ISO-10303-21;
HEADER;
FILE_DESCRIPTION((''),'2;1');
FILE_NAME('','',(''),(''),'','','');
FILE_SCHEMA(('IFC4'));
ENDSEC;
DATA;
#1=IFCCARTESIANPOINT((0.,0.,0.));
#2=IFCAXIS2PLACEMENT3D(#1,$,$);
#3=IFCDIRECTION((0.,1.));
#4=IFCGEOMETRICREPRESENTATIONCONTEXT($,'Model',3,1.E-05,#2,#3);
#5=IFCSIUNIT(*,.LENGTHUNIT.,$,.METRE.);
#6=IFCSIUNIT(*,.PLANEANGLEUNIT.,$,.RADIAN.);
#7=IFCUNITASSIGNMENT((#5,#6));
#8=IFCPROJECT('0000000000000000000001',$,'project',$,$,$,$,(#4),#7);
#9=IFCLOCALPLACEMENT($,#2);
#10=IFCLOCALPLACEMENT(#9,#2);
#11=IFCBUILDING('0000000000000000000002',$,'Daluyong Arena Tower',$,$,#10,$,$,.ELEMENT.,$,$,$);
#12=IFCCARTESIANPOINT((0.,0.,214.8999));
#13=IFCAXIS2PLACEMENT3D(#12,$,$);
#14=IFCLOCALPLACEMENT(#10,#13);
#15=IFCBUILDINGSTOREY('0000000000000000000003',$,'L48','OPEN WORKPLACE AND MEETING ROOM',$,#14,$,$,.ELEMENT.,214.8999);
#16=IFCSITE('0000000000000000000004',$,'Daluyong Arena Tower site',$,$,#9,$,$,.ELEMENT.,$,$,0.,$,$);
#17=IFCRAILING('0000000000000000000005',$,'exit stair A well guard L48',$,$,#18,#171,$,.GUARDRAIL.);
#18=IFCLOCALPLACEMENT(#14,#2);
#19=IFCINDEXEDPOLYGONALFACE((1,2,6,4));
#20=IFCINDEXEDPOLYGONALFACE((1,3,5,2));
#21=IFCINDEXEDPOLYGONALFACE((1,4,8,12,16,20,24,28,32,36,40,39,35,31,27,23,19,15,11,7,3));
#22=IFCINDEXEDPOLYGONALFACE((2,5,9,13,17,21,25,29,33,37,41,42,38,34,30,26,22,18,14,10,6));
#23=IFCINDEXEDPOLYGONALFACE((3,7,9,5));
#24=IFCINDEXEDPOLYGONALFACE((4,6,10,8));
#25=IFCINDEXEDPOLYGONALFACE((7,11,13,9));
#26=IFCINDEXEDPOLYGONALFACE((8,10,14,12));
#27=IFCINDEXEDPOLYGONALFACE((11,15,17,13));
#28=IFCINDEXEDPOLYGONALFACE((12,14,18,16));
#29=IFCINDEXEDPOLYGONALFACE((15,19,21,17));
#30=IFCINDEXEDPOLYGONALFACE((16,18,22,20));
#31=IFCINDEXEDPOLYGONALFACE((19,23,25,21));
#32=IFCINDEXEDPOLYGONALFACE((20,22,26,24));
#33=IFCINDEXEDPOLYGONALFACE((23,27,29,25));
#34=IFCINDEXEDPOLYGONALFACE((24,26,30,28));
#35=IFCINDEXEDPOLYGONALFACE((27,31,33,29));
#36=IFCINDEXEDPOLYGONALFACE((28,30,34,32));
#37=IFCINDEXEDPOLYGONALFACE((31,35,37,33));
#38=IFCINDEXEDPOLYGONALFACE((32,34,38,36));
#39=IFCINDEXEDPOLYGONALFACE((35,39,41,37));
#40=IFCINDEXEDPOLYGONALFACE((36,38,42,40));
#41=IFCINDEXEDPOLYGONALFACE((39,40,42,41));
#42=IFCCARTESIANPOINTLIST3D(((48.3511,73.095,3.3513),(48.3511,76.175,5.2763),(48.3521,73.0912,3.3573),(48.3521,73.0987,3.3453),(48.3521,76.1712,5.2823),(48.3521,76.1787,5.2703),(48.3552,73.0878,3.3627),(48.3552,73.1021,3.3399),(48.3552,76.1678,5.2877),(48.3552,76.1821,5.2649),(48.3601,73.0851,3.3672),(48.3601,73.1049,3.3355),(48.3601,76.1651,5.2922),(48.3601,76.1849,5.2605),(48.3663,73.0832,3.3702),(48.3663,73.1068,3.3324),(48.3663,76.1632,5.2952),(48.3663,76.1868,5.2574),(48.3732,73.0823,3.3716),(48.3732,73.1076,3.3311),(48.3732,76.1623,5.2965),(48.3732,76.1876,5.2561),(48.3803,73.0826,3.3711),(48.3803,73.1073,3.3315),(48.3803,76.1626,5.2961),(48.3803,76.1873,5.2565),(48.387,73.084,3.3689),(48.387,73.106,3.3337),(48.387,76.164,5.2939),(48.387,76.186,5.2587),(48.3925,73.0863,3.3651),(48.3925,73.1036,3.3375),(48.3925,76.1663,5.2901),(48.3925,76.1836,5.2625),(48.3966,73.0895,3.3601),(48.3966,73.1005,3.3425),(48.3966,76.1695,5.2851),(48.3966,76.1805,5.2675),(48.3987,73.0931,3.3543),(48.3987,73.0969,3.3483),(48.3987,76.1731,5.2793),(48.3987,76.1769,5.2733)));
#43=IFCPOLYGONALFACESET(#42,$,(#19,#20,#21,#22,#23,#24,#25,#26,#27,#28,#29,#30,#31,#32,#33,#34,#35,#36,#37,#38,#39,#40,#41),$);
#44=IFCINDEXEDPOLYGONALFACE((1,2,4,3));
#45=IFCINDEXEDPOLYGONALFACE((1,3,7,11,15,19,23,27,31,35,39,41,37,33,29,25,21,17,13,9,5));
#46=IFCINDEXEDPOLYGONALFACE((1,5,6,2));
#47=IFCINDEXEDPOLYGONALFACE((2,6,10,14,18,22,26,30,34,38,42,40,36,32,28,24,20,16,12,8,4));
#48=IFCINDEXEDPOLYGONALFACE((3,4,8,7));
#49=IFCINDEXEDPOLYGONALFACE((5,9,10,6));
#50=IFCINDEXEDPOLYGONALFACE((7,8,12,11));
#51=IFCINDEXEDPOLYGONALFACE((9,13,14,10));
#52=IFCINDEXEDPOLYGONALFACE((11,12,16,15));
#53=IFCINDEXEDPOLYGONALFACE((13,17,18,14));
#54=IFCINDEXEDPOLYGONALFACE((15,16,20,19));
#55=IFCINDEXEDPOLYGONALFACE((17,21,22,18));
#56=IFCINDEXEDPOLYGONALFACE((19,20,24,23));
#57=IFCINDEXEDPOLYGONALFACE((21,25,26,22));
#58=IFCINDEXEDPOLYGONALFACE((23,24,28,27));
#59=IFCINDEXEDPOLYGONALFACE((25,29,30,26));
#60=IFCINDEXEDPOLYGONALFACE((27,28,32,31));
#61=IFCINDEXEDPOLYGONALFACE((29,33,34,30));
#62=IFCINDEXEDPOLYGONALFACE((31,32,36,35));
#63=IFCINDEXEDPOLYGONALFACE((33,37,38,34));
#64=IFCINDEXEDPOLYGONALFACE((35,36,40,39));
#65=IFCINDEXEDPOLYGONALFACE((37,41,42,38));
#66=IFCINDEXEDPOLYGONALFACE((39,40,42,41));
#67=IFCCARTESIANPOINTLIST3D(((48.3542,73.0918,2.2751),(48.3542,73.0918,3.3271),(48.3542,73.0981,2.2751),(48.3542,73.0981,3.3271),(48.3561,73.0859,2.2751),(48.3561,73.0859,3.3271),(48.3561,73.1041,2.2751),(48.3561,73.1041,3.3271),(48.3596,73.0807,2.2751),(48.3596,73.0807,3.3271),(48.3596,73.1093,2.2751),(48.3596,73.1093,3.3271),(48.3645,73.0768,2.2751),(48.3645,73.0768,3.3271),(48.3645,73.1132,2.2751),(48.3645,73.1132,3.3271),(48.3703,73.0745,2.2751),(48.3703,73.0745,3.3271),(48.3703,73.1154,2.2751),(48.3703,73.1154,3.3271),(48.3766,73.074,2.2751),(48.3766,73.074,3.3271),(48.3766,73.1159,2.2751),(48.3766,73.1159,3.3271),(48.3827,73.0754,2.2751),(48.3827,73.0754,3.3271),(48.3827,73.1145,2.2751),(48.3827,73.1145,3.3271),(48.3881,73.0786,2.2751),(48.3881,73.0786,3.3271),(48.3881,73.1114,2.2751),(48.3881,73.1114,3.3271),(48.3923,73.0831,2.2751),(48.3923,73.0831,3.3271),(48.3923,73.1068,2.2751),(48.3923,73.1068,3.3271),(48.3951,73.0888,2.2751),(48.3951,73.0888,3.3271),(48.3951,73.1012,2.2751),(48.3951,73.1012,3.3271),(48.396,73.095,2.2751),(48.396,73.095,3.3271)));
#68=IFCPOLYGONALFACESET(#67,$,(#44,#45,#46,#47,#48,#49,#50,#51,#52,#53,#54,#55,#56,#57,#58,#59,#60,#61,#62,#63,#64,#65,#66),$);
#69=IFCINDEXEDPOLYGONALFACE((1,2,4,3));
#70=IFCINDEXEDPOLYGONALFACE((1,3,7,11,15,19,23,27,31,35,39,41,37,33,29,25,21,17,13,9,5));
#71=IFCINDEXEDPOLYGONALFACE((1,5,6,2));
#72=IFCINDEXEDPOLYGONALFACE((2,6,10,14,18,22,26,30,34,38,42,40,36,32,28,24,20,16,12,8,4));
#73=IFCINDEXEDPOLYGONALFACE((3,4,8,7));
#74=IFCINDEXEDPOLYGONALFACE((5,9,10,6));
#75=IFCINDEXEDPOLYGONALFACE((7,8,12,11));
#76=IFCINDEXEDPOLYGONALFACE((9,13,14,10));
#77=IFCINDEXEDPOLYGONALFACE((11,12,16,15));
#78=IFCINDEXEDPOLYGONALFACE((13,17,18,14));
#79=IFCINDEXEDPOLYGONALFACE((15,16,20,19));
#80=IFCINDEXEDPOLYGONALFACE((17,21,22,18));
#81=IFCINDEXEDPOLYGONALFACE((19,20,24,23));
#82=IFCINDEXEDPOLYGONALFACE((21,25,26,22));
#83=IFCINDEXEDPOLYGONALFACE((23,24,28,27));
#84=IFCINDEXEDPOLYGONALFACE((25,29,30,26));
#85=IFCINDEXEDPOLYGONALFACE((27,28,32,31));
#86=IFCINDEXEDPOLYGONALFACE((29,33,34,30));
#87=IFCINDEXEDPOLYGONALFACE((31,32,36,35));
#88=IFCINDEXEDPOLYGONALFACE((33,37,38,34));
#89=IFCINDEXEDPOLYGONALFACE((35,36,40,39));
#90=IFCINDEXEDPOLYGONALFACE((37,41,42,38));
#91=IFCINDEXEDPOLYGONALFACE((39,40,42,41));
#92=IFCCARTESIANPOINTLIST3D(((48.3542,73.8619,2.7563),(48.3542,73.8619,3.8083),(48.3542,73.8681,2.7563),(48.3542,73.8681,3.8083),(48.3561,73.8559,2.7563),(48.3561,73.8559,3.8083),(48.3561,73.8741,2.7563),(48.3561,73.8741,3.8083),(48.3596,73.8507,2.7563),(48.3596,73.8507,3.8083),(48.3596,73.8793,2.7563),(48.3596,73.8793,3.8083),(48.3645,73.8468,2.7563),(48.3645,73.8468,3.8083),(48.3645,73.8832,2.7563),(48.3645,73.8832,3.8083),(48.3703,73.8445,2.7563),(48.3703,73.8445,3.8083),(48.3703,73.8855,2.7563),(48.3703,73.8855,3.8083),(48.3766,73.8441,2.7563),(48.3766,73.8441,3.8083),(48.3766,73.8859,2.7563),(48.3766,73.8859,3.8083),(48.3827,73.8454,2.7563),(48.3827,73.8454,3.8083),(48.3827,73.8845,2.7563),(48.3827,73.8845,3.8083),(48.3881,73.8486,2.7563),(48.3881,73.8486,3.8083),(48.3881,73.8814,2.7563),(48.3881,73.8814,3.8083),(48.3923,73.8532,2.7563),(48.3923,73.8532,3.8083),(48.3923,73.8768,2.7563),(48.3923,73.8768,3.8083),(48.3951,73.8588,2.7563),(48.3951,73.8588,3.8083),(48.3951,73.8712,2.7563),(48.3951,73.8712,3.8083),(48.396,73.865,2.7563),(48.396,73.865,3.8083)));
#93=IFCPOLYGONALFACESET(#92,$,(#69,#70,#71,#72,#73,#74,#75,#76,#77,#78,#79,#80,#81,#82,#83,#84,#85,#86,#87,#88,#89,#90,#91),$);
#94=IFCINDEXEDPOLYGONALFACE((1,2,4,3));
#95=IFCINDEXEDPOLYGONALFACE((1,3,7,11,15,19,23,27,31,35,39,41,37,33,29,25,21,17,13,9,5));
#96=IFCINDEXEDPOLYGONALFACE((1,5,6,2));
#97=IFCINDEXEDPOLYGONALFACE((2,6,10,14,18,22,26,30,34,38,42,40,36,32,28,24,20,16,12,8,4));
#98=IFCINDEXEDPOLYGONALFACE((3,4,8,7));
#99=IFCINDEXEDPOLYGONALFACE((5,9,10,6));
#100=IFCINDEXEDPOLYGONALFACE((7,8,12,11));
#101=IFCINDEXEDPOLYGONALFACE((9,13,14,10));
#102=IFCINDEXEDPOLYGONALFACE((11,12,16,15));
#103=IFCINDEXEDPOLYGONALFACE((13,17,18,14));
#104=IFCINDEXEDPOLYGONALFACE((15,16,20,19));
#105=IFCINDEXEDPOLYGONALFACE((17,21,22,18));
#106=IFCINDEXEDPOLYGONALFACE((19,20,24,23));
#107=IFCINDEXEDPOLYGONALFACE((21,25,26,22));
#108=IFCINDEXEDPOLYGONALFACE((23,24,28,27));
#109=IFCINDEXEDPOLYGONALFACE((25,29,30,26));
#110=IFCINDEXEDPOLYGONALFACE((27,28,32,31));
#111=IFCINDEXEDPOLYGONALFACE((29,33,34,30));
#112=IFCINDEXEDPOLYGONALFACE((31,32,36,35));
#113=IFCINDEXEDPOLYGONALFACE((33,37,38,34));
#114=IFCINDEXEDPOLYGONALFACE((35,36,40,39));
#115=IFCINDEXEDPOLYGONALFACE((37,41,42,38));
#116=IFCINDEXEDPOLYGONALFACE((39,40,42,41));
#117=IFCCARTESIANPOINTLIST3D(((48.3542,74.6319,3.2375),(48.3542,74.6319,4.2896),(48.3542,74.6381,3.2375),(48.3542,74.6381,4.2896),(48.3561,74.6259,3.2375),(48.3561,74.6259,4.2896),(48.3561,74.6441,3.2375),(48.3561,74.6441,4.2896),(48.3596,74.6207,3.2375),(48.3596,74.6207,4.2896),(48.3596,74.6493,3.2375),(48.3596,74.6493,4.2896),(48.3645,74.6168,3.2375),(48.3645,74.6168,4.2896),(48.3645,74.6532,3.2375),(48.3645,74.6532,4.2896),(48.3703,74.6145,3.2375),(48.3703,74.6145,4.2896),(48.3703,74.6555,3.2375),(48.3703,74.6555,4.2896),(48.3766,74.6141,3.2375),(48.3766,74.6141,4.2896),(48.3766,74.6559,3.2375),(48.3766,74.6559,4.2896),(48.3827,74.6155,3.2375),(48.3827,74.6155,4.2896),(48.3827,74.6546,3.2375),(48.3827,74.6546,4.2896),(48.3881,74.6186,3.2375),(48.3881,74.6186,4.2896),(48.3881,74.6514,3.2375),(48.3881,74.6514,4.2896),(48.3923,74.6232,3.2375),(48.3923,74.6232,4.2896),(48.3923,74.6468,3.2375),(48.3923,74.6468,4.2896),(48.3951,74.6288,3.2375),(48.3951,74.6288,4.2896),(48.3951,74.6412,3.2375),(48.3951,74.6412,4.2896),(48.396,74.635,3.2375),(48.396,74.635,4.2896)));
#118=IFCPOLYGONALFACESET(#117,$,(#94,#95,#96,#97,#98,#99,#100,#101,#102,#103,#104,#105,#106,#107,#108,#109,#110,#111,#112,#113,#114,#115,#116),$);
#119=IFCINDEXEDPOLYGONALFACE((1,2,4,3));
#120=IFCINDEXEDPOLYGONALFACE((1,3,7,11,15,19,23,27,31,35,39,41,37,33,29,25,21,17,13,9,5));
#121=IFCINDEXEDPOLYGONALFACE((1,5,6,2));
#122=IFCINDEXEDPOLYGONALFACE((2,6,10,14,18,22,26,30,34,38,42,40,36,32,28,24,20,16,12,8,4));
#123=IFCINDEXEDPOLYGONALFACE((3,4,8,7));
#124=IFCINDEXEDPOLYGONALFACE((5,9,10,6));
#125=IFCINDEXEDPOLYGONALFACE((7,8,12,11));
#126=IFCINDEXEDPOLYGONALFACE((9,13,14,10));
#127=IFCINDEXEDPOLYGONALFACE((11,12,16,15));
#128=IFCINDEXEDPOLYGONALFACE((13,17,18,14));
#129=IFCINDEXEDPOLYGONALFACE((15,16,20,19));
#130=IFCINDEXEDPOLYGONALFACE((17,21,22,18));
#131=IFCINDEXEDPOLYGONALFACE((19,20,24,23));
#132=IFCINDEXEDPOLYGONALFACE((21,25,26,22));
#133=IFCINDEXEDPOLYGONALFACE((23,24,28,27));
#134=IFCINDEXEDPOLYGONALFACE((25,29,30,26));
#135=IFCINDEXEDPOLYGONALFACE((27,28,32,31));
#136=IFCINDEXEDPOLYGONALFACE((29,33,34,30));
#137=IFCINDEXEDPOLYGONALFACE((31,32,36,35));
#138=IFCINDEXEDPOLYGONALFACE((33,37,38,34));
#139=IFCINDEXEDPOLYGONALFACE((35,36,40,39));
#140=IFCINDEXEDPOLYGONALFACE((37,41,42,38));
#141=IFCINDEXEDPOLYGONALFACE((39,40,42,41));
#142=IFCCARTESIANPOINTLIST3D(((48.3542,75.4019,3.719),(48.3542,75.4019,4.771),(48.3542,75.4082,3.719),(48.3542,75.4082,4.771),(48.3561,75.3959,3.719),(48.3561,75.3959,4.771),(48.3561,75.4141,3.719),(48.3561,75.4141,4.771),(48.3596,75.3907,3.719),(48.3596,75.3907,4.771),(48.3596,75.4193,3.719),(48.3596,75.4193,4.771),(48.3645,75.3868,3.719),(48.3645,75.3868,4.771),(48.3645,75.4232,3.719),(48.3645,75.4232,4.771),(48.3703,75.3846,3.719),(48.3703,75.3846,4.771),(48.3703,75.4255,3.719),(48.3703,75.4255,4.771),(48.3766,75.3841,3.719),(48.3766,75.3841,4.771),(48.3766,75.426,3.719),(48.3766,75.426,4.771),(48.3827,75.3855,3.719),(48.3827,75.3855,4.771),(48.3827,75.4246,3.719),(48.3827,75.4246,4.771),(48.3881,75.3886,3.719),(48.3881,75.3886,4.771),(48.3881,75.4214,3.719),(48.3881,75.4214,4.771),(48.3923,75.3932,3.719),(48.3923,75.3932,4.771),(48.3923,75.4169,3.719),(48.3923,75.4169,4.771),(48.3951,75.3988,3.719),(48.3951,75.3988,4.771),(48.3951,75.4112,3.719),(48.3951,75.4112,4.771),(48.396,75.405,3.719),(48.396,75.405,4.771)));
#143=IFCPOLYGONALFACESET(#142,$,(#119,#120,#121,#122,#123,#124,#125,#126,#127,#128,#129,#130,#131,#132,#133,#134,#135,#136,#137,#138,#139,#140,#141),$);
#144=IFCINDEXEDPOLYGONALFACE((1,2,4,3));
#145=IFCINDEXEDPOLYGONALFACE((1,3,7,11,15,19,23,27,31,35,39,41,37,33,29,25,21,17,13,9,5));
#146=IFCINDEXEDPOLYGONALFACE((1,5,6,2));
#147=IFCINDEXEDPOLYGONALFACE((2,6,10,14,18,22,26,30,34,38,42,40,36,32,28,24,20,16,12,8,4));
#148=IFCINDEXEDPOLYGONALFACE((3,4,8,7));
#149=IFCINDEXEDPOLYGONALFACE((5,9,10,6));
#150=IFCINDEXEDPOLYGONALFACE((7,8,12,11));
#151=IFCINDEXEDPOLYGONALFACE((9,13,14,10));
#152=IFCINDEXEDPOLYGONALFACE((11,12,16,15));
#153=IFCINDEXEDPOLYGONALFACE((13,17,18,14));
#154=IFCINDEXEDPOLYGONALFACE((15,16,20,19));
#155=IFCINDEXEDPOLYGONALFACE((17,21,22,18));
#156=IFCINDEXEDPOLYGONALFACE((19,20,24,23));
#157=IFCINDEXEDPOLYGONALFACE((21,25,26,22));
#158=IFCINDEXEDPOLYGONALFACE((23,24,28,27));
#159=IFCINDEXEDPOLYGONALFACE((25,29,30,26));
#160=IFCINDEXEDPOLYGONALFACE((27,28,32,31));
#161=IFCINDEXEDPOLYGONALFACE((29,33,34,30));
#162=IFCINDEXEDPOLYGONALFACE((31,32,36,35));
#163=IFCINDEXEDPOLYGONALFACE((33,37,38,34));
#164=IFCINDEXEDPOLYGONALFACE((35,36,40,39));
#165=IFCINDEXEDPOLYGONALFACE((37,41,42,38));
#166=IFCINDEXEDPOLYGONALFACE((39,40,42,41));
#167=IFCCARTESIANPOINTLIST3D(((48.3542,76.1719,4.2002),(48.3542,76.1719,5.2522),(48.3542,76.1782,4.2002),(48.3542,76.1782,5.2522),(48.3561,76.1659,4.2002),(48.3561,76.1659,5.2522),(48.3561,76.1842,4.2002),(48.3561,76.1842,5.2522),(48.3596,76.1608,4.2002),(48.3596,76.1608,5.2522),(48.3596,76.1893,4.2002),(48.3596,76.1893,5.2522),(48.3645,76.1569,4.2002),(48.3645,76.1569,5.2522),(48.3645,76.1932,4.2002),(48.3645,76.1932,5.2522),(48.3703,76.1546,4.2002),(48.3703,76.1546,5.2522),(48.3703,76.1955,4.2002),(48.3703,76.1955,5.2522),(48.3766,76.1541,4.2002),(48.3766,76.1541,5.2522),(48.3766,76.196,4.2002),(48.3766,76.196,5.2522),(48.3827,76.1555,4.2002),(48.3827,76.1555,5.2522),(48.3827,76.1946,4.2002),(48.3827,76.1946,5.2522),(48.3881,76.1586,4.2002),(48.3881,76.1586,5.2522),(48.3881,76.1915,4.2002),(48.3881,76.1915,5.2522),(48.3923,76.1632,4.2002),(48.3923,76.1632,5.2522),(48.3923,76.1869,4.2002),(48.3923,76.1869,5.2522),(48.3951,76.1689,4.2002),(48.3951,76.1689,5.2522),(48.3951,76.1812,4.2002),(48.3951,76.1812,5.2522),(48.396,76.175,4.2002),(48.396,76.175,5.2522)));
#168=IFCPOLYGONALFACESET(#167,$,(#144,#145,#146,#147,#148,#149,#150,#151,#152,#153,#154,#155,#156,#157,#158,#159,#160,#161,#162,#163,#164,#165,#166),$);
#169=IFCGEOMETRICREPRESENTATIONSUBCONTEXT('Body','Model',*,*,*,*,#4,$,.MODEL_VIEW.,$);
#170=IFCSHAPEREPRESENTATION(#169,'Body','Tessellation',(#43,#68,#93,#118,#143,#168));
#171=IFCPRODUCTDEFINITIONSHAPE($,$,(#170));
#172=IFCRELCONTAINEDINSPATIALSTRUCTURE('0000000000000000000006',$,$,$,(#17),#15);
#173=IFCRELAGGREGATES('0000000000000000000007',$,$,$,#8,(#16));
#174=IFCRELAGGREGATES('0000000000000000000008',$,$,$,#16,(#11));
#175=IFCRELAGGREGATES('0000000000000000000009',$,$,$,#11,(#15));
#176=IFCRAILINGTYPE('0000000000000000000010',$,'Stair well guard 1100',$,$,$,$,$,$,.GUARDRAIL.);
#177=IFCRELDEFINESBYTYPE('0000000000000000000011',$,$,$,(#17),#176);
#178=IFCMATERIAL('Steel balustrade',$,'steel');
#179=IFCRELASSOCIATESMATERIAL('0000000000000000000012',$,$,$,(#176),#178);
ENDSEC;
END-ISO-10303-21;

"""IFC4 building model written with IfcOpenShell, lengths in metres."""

from ifc_helpers import new_model, si_unit, direction, frame, origin, origin_2d, place, context, subcontext, project, spatial, circle, extrude, material, type_object, element, save


model = new_model("IFC4")

# Units and contexts
model_context = context("Model", 3, precision=1e-05, world=origin(), true_north=direction((0.0, 1.0)))
body_context = subcontext(model_context, "Body", "Model", "MODEL_VIEW")
ifc_project = project(units=[si_unit("LENGTHUNIT", "METRE"), si_unit("PLANEANGLEUNIT", "RADIAN")], contexts=[model_context])

# Site, building, storey
site_placement = place(None, origin())
site = spatial("IfcSite", under=ifc_project, at=site_placement, Name="Daluyong Arena Tower site", CompositionType="ELEMENT", RefElevation=0.0)
building_placement = place(site_placement, origin())
building = spatial("IfcBuilding", under=site, at=building_placement, Name="Daluyong Arena Tower", CompositionType="ELEMENT")
storey_placement = place(building_placement, frame((0.0, 0.0, 214.8999)))
storey = spatial("IfcBuildingStorey", under=building, at=storey_placement, Name="L48", Description="OPEN WORKPLACE AND MEETING ROOM", CompositionType="ELEMENT", Elevation=214.8999)

# Railing
ifc_material_1 = material(Name="Steel balustrade", Category="steel")
railing_type_1 = type_object("IfcRailingType", Name="Stair well guard 1100", PredefinedType="GUARDRAIL", material=ifc_material_1)
railing_1_placement = place(storey_placement, frame((48.375, 73.095, 2.2751)))
element("IfcRailing", 1, at=railing_1_placement, inside=storey, type_object=railing_type_1, Name="exit stair A well guard L48", PredefinedType="GUARDRAIL", context=body_context, shape_type="SweptSolid", body=[
    extrude(circle(Radius=0.0239, at=origin_2d()), frame((0.0, 0.0, 1.0762), z_axis=(0.0, 0.847998, 0.529999), x_axis=(-1.0, 0.0, 0.0)), (0.0, 0.0, 1.0), 3.6321),
    extrude(circle(Radius=0.021, at=origin_2d()), origin(), (0.0, 0.0, 1.0), 1.052),
    extrude(circle(Radius=0.021, at=origin_2d()), frame((0.0, 0.77, 0.4812)), (0.0, 0.0, 1.0), 1.052),
    extrude(circle(Radius=0.021, at=origin_2d()), frame((0.0, 1.54, 0.9624)), (0.0, 0.0, 1.0), 1.052),
    extrude(circle(Radius=0.021, at=origin_2d()), frame((0.0, 2.3101, 1.4438)), (0.0, 0.0, 1.0), 1.052),
    extrude(circle(Radius=0.021, at=origin_2d()), frame((0.0, 3.0801, 1.925)), (0.0, 0.0, 1.0), 1.052),
])

save(model, "model.ifc")
